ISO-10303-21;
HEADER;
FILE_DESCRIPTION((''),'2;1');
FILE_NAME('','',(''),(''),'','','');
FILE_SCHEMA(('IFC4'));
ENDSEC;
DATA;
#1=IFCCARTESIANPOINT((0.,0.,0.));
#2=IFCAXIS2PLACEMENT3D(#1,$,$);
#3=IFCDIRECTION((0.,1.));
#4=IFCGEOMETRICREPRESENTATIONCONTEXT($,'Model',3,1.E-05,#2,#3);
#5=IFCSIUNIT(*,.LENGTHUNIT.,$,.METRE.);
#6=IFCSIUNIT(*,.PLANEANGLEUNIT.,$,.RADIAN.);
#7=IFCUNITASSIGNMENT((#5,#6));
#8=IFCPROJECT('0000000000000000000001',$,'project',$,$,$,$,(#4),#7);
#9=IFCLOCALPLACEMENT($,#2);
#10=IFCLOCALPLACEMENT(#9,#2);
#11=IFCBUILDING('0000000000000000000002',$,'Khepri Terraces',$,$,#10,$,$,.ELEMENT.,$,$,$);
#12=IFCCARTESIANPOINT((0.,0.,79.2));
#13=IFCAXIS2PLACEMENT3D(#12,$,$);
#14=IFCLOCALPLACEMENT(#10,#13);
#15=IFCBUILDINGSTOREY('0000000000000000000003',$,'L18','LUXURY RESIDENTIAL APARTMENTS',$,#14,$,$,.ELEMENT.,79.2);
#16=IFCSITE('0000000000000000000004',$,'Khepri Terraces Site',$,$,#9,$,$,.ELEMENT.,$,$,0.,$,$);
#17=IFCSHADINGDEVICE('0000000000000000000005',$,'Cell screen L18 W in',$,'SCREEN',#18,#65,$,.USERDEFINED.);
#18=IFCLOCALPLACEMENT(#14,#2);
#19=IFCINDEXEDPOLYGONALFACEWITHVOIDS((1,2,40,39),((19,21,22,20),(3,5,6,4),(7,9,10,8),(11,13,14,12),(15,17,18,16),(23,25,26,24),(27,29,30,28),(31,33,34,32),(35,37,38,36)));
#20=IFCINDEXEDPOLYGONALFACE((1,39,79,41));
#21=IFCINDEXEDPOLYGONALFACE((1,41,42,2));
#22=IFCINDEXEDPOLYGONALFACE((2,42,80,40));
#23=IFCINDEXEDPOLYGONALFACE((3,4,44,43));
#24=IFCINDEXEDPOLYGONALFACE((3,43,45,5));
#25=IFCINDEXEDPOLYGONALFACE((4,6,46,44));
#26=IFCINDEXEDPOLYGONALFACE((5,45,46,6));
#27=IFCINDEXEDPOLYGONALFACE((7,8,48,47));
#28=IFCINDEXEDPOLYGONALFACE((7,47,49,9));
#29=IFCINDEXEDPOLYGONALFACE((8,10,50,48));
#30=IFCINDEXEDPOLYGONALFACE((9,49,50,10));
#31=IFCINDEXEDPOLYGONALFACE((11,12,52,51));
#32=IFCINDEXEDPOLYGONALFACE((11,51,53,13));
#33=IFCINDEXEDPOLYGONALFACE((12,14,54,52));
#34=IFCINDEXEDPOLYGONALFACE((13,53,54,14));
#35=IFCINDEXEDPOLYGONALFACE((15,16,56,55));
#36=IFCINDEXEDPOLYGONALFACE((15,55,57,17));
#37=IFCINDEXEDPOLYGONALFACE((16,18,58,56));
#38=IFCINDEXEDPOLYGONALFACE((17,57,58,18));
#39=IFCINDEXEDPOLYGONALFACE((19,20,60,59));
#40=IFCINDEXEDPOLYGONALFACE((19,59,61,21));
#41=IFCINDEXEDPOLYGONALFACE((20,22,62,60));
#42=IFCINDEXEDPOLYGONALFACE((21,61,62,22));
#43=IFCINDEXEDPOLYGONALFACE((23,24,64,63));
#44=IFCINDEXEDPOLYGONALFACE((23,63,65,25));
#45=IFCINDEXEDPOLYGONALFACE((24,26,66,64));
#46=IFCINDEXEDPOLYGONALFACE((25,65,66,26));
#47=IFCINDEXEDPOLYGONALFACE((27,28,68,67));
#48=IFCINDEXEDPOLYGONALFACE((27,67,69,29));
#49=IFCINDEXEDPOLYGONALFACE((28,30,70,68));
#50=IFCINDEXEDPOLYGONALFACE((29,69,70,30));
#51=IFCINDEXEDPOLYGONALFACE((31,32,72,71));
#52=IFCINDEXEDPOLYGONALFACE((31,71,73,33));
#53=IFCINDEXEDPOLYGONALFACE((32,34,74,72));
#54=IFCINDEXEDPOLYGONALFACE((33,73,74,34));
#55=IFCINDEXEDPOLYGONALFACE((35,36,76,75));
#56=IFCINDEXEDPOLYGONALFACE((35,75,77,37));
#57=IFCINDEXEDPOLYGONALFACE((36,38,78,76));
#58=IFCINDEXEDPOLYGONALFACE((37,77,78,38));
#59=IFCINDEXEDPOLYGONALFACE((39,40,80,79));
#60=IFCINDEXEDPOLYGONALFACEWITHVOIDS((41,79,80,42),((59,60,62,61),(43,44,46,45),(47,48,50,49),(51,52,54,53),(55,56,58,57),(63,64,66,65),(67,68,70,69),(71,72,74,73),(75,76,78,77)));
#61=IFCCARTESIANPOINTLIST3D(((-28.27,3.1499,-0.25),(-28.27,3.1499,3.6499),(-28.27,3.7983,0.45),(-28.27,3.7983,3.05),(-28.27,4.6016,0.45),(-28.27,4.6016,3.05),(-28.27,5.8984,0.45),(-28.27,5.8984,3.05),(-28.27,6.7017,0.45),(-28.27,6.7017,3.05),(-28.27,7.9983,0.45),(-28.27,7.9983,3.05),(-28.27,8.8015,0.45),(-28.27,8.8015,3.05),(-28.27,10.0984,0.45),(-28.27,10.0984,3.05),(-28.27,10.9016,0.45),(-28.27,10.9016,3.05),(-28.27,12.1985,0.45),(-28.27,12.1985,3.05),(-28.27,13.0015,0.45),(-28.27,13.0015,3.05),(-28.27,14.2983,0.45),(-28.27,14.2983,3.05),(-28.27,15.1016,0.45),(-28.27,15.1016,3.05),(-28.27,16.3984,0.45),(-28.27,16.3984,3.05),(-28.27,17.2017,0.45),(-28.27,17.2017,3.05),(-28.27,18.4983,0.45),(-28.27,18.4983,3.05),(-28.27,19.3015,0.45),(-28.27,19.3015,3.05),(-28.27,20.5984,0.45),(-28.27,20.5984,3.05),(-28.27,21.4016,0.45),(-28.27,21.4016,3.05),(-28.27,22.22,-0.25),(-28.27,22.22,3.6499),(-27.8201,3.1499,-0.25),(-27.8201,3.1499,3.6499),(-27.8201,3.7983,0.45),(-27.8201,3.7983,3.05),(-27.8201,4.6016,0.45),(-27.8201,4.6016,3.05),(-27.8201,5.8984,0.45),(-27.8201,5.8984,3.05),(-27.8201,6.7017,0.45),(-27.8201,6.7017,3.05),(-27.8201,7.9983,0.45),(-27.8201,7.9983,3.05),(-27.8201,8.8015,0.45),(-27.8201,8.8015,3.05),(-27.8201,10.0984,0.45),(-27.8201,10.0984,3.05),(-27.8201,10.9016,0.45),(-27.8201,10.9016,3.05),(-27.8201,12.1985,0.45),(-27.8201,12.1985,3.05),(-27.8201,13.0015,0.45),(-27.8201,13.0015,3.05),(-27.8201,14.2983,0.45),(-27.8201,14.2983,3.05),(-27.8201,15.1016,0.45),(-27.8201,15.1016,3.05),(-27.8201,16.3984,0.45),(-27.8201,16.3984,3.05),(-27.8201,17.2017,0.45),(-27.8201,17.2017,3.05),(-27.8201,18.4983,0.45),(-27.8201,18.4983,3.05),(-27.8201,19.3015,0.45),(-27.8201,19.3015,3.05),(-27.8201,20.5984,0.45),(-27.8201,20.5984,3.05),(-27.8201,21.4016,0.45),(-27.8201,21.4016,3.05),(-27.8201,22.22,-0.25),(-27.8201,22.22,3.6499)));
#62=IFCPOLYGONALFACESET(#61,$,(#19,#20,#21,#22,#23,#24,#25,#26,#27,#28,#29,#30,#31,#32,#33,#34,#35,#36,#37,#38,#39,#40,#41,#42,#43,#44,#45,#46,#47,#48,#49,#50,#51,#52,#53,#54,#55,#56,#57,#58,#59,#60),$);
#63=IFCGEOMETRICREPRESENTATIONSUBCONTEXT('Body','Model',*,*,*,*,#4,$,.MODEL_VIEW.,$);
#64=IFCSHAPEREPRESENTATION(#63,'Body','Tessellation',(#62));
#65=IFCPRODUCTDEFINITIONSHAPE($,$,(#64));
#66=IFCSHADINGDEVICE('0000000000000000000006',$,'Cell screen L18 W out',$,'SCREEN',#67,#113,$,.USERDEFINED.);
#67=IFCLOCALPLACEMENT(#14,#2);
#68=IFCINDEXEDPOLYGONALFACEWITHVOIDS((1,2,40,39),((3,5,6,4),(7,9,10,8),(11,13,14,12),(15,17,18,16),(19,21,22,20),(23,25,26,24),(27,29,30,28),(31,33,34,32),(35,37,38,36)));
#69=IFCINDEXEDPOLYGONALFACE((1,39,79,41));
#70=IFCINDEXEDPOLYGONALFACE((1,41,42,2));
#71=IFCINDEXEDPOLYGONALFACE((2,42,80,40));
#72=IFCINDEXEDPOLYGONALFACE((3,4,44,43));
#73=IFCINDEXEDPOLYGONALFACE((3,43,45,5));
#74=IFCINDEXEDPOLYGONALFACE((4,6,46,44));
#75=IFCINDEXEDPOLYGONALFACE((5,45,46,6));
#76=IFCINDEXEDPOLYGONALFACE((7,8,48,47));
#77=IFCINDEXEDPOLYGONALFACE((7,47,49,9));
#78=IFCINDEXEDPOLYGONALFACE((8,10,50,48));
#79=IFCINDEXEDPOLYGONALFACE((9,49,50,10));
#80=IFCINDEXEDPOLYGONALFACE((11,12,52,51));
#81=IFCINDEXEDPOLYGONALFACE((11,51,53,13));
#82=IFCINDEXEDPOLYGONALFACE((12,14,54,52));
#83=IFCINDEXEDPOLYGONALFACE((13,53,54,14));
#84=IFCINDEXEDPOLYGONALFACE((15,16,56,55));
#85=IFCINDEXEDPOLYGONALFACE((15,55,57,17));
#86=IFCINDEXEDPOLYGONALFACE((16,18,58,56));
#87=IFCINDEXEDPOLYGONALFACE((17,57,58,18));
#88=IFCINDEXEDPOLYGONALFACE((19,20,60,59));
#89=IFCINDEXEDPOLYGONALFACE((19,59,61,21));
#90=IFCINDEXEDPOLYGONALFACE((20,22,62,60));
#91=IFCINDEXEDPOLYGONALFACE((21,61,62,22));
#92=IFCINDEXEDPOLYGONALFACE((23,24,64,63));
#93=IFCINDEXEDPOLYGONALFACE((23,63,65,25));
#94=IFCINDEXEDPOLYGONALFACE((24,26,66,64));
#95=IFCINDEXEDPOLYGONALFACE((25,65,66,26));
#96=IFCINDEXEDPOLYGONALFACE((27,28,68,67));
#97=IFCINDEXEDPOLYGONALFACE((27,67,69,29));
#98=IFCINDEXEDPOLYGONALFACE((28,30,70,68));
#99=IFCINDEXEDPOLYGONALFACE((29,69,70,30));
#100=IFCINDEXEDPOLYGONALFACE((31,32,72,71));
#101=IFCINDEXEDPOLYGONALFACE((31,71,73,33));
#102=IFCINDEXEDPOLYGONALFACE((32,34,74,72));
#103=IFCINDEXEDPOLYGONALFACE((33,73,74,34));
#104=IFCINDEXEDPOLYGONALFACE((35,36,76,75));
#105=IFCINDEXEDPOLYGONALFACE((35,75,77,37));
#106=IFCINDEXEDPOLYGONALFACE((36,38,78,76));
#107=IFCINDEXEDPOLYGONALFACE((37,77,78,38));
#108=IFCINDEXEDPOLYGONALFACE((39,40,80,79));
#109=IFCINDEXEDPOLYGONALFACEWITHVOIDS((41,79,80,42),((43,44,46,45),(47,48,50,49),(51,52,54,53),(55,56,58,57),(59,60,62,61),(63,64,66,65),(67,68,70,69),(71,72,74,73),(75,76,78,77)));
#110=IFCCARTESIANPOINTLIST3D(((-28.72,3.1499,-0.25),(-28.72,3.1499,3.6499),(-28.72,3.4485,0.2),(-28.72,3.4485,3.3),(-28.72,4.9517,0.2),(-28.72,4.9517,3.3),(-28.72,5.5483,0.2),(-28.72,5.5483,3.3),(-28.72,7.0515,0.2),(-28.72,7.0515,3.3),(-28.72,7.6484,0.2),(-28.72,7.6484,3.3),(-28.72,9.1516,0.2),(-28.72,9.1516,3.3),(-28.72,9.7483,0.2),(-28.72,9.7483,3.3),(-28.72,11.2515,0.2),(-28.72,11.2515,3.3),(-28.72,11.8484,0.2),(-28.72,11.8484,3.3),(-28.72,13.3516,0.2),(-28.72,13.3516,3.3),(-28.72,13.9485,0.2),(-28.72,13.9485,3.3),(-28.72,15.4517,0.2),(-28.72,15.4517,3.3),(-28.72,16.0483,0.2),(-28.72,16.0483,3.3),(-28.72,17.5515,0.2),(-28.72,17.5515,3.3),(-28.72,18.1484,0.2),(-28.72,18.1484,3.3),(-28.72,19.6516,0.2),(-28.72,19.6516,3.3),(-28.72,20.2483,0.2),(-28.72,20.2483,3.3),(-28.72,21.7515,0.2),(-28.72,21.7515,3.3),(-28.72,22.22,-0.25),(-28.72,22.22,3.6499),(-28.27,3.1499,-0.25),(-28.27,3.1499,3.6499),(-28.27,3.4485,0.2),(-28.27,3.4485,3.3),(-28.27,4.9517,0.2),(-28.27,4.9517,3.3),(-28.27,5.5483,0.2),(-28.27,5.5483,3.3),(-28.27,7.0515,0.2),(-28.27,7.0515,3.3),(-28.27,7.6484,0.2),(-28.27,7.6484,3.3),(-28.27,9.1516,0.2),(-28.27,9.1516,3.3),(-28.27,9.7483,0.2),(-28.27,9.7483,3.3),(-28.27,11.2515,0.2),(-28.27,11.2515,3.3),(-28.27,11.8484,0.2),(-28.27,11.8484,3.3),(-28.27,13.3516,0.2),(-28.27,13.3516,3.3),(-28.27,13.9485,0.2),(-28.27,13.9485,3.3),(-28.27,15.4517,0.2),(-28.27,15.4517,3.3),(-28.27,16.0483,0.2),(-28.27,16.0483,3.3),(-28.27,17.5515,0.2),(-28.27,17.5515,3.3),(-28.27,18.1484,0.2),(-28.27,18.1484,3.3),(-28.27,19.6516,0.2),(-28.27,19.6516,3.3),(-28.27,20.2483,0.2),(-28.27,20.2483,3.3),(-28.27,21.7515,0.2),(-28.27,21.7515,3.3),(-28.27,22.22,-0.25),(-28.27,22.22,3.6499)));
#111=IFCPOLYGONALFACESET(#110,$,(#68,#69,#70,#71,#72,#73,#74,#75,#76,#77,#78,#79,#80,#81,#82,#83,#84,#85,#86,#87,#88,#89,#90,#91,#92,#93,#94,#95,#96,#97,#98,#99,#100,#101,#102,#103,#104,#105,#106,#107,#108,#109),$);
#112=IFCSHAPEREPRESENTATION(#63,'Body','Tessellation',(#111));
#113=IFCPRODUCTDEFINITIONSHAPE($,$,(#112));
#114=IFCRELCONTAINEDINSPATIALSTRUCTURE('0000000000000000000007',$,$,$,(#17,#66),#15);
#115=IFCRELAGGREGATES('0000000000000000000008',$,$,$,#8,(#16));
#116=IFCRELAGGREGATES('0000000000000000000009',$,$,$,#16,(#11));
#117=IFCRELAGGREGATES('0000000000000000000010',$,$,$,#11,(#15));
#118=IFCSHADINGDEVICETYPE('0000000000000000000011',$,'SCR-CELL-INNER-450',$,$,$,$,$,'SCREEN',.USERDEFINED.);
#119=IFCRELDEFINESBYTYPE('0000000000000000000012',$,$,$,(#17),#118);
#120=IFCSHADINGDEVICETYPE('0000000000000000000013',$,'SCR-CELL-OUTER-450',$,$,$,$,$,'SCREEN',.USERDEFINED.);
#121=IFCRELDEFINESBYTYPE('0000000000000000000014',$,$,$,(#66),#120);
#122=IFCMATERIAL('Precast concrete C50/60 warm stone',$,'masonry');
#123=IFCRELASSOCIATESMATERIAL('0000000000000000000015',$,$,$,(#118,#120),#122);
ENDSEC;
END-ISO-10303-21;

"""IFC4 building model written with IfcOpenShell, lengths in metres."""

from ifc_helpers import new_model, si_unit, direction, frame, origin, place, context, subcontext, project, spatial, polyline, outline, extrude, material, type_object, element, save


model = new_model("IFC4")

# Units and contexts
model_context = context("Model", 3, precision=1e-05, world=origin(), true_north=direction((0.0, 1.0)))
body_context = subcontext(model_context, "Body", "Model", "MODEL_VIEW")
ifc_project = project(units=[si_unit("LENGTHUNIT", "METRE"), si_unit("PLANEANGLEUNIT", "RADIAN")], contexts=[model_context])

# Site, building, storey
site_placement = place(None, origin())
site = spatial("IfcSite", under=ifc_project, at=site_placement, Name="Khepri Terraces Site", CompositionType="ELEMENT", RefElevation=0.0)
building_placement = place(site_placement, origin())
building = spatial("IfcBuilding", under=site, at=building_placement, Name="Khepri Terraces", CompositionType="ELEMENT")
storey_placement = place(building_placement, frame((0.0, 0.0, 79.2)))
storey = spatial("IfcBuildingStorey", under=building, at=storey_placement, Name="L18", Description="LUXURY RESIDENTIAL APARTMENTS", CompositionType="ELEMENT", Elevation=79.2)

# Shared definitions
ifc_material_1 = material(Name="Precast concrete C50/60 warm stone", Category="masonry")

# Shading devices
shading_device_type_1 = type_object("IfcShadingDeviceType", Name="SCR-CELL-INNER-450", ElementType="SCREEN", PredefinedType="USERDEFINED", material=ifc_material_1)
shading_device_1_placement = place(storey_placement, frame((-27.8201, 22.22, -0.25), z_axis=(-1.0, 0.0, 0.0), x_axis=(0.0, -1.0, 0.0)))
element("IfcShadingDevice", 1, at=shading_device_1_placement, inside=storey, type_object=shading_device_type_1, Name="Cell screen L18 W in", ObjectType="SCREEN", PredefinedType="USERDEFINED", context=body_context, shape_type="SweptSolid", body=[
    extrude(outline(polyline([(0.0, 0.0), (19.0701, 0.0), (19.0701, 3.8999), (0.0, 3.8999), (0.0, 0.0)]), holes=[polyline([(0.8184, 0.7), (1.6216, 0.7), (1.6216, 3.3), (0.8184, 3.3), (0.8184, 0.7)]), polyline([(2.9185, 0.7), (3.7217, 0.7), (3.7217, 3.3), (2.9185, 3.3), (2.9185, 0.7)]), polyline([(5.0183, 0.7), (5.8215, 0.7), (5.8215, 3.3), (5.0183, 3.3), (5.0183, 0.7)]), polyline([(7.1184, 0.7), (7.9216, 0.7), (7.9216, 3.3), (7.1184, 3.3), (7.1184, 0.7)]), polyline([(9.2185, 0.7), (10.0215, 0.7), (10.0215, 3.3), (9.2185, 3.3), (9.2185, 0.7)]), polyline([(11.3184, 0.7), (12.1216, 0.7), (12.1216, 3.3), (11.3184, 3.3), (11.3184, 0.7)]), polyline([(13.4185, 0.7), (14.2217, 0.7), (14.2217, 3.3), (13.4185, 3.3), (13.4185, 0.7)]), polyline([(15.5183, 0.7), (16.3215, 0.7), (16.3215, 3.3), (15.5183, 3.3), (15.5183, 0.7)]), polyline([(17.6184, 0.7), (18.4216, 0.7), (18.4216, 3.3), (17.6184, 3.3), (17.6184, 0.7)])]), origin(), (0.0, 0.0, 1.0), 0.45),
])
shading_device_type_2 = type_object("IfcShadingDeviceType", Name="SCR-CELL-OUTER-450", ElementType="SCREEN", PredefinedType="USERDEFINED", material=ifc_material_1)
shading_device_2_placement = place(storey_placement, frame((-28.27, 22.22, -0.25), z_axis=(-1.0, 0.0, 0.0), x_axis=(0.0, -1.0, 0.0)))
element("IfcShadingDevice", 2, at=shading_device_2_placement, inside=storey, type_object=shading_device_type_2, Name="Cell screen L18 W out", ObjectType="SCREEN", PredefinedType="USERDEFINED", context=body_context, shape_type="SweptSolid", body=[
    extrude(outline(polyline([(0.0, 0.0), (19.0701, 0.0), (19.0701, 3.8999), (0.0, 3.8999), (0.0, 0.0)]), holes=[polyline([(0.4685, 0.45), (1.9717, 0.45), (1.9717, 3.55), (0.4685, 3.55), (0.4685, 0.45)]), polyline([(2.5684, 0.45), (4.0715, 0.45), (4.0715, 3.55), (2.5684, 3.55), (2.5684, 0.45)]), polyline([(4.6685, 0.45), (6.1716, 0.45), (6.1716, 3.55), (4.6685, 3.55), (4.6685, 0.45)]), polyline([(6.7683, 0.45), (8.2715, 0.45), (8.2715, 3.55), (6.7683, 3.55), (6.7683, 0.45)]), polyline([(8.8684, 0.45), (10.3716, 0.45), (10.3716, 3.55), (8.8684, 3.55), (8.8684, 0.45)]), polyline([(10.9685, 0.45), (12.4717, 0.45), (12.4717, 3.55), (10.9685, 3.55), (10.9685, 0.45)]), polyline([(13.0684, 0.45), (14.5715, 0.45), (14.5715, 3.55), (13.0684, 3.55), (13.0684, 0.45)]), polyline([(15.1685, 0.45), (16.6716, 0.45), (16.6716, 3.55), (15.1685, 3.55), (15.1685, 0.45)]), polyline([(17.2683, 0.45), (18.7715, 0.45), (18.7715, 3.55), (17.2683, 3.55), (17.2683, 0.45)])]), origin(), (0.0, 0.0, 1.0), 0.45),
])

save(model, "model.ifc")
